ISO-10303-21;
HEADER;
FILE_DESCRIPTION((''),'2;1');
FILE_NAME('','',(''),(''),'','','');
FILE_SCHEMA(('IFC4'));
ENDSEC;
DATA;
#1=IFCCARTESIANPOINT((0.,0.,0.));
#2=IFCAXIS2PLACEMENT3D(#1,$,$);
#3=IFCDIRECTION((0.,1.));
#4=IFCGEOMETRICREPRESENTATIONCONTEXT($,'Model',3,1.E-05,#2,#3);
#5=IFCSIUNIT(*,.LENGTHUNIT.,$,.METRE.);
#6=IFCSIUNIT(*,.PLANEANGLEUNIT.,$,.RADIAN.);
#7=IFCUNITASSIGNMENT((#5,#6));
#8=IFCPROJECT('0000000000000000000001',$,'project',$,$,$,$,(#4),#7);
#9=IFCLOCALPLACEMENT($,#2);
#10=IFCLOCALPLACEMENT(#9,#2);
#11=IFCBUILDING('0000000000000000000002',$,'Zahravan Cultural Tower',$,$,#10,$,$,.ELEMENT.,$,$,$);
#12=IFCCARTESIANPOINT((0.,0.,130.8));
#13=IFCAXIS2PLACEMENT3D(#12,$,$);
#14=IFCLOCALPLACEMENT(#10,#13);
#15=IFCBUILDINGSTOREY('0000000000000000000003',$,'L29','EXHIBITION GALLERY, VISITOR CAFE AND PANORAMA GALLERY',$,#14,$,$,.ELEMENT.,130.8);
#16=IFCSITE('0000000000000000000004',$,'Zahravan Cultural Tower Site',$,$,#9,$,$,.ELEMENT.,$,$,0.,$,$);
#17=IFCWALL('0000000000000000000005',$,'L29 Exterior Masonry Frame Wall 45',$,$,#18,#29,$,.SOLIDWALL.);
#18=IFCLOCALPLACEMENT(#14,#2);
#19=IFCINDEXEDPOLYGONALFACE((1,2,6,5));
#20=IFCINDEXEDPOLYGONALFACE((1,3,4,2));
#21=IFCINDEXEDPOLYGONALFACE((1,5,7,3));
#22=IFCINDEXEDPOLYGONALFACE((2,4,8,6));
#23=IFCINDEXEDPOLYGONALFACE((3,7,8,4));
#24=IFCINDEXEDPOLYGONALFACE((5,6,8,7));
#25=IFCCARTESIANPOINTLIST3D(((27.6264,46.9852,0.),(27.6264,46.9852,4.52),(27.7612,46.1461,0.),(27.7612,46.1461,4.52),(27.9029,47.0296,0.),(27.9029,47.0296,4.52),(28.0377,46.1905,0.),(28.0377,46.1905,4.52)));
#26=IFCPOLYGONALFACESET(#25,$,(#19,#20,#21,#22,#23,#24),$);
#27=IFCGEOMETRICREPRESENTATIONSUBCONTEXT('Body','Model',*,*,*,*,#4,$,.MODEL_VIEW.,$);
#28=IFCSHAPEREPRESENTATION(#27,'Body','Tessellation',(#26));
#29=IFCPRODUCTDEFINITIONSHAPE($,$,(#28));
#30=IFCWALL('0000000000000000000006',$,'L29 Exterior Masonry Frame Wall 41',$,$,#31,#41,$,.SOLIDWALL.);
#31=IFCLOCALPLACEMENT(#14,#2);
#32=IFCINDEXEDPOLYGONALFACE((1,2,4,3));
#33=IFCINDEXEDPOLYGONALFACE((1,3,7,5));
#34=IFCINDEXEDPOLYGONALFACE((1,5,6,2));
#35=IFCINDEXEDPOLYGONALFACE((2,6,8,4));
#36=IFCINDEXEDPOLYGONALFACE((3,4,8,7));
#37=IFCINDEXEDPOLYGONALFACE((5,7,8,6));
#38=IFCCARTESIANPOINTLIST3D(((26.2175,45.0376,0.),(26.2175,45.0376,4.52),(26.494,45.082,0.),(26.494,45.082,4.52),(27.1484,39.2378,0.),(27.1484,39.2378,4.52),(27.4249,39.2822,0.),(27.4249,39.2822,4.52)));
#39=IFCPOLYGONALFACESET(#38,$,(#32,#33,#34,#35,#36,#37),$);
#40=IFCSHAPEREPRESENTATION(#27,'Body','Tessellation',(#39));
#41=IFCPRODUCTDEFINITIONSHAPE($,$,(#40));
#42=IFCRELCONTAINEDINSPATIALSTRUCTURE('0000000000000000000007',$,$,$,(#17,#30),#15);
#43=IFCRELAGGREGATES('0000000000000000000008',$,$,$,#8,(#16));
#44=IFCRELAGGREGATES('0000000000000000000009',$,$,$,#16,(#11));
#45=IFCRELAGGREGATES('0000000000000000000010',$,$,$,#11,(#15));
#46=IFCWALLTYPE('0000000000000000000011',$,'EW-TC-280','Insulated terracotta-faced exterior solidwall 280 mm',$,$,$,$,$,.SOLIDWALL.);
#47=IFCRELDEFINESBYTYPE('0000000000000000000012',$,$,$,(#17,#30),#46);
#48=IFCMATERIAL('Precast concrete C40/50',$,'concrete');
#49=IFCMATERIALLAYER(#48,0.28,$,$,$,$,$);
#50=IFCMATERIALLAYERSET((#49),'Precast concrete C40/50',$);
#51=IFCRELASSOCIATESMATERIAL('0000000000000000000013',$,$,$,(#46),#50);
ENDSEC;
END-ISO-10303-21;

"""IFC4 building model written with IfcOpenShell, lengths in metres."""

from ifc_helpers import new_model, si_unit, direction, frame, frame_2d, origin, place, context, subcontext, project, spatial, rectangle, extrude, source, transform, mapped, material, layer, layer_set, type_object, element, save


model = new_model("IFC4")

# Units and contexts
model_context = context("Model", 3, precision=1e-05, world=origin(), true_north=direction((0.0, 1.0)))
body_context = subcontext(model_context, "Body", "Model", "MODEL_VIEW")
ifc_project = project(units=[si_unit("LENGTHUNIT", "METRE"), si_unit("PLANEANGLEUNIT", "RADIAN")], contexts=[model_context])

# Site, building, storey
site_placement = place(None, origin())
site = spatial("IfcSite", under=ifc_project, at=site_placement, Name="Zahravan Cultural Tower Site", CompositionType="ELEMENT", RefElevation=0.0)
building_placement = place(site_placement, origin())
building = spatial("IfcBuilding", under=site, at=building_placement, Name="Zahravan Cultural Tower", CompositionType="ELEMENT")
storey_placement = place(building_placement, frame((0.0, 0.0, 130.8)))
storey = spatial("IfcBuildingStorey", under=building, at=storey_placement, Name="L29", Description="EXHIBITION GALLERY, VISITOR CAFE AND PANORAMA GALLERY", CompositionType="ELEMENT", Elevation=130.8)

# Walls
ifc_material_1 = material(Name="Precast concrete C40/50", Category="concrete")
ifc_layer_1 = layer(ifc_material_1, 0.28)
ifc_layer_set_1 = layer_set([ifc_layer_1], Name="Precast concrete C40/50")
wall_type = type_object("IfcWallType", Name="EW-TC-280", Description="Insulated terracotta-faced exterior solidwall 280 mm", PredefinedType="SOLIDWALL", material=ifc_layer_set_1)
shared_shape_1 = source(origin(), body_context, "Body", "SweptSolid", [
    extrude(rectangle(XDim=0.8499, YDim=0.28, at=frame_2d((0.4248, 0.0))), origin(), (0.0, 0.0, 1.0), 4.52),
])
wall_1_placement = place(storey_placement, frame((27.8994, 46.1685, 0.0), z_axis=(0.0, 0.0, 1.0), x_axis=(-0.158573, 0.987347, 0.0)))
element("IfcWall", 1, at=wall_1_placement, inside=storey, type_object=wall_type, Name="L29 Exterior Masonry Frame Wall 45", PredefinedType="SOLIDWALL", context=body_context, shape_type="MappedRepresentation", body=[
    mapped(shared_shape_1, transform((0.0, 0.0, 0.0), x_axis=(1.0, 0.0, 0.0), y_axis=(0.0, 1.0, 0.0), z_axis=(0.0, 0.0, 1.0), scale=1.0)),
])
shared_shape_2 = source(origin(), body_context, "Body", "SweptSolid", [
    extrude(rectangle(XDim=5.874, YDim=0.28, at=frame_2d((2.937, 0.0))), origin(), (0.0, 0.0, 1.0), 4.52),
])
wall_2_placement = place(storey_placement, frame((27.2866, 39.26, 0.0), z_axis=(0.0, 0.0, 1.0), x_axis=(-0.158478, 0.987362, 0.0)))
element("IfcWall", 2, at=wall_2_placement, inside=storey, type_object=wall_type, Name="L29 Exterior Masonry Frame Wall 41", PredefinedType="SOLIDWALL", context=body_context, shape_type="MappedRepresentation", body=[
    mapped(shared_shape_2, transform((0.0, 0.0, 0.0), x_axis=(1.0, 0.0, 0.0), y_axis=(0.0, 1.0, 0.0), z_axis=(0.0, 0.0, 1.0), scale=1.0)),
])

save(model, "model.ifc")
